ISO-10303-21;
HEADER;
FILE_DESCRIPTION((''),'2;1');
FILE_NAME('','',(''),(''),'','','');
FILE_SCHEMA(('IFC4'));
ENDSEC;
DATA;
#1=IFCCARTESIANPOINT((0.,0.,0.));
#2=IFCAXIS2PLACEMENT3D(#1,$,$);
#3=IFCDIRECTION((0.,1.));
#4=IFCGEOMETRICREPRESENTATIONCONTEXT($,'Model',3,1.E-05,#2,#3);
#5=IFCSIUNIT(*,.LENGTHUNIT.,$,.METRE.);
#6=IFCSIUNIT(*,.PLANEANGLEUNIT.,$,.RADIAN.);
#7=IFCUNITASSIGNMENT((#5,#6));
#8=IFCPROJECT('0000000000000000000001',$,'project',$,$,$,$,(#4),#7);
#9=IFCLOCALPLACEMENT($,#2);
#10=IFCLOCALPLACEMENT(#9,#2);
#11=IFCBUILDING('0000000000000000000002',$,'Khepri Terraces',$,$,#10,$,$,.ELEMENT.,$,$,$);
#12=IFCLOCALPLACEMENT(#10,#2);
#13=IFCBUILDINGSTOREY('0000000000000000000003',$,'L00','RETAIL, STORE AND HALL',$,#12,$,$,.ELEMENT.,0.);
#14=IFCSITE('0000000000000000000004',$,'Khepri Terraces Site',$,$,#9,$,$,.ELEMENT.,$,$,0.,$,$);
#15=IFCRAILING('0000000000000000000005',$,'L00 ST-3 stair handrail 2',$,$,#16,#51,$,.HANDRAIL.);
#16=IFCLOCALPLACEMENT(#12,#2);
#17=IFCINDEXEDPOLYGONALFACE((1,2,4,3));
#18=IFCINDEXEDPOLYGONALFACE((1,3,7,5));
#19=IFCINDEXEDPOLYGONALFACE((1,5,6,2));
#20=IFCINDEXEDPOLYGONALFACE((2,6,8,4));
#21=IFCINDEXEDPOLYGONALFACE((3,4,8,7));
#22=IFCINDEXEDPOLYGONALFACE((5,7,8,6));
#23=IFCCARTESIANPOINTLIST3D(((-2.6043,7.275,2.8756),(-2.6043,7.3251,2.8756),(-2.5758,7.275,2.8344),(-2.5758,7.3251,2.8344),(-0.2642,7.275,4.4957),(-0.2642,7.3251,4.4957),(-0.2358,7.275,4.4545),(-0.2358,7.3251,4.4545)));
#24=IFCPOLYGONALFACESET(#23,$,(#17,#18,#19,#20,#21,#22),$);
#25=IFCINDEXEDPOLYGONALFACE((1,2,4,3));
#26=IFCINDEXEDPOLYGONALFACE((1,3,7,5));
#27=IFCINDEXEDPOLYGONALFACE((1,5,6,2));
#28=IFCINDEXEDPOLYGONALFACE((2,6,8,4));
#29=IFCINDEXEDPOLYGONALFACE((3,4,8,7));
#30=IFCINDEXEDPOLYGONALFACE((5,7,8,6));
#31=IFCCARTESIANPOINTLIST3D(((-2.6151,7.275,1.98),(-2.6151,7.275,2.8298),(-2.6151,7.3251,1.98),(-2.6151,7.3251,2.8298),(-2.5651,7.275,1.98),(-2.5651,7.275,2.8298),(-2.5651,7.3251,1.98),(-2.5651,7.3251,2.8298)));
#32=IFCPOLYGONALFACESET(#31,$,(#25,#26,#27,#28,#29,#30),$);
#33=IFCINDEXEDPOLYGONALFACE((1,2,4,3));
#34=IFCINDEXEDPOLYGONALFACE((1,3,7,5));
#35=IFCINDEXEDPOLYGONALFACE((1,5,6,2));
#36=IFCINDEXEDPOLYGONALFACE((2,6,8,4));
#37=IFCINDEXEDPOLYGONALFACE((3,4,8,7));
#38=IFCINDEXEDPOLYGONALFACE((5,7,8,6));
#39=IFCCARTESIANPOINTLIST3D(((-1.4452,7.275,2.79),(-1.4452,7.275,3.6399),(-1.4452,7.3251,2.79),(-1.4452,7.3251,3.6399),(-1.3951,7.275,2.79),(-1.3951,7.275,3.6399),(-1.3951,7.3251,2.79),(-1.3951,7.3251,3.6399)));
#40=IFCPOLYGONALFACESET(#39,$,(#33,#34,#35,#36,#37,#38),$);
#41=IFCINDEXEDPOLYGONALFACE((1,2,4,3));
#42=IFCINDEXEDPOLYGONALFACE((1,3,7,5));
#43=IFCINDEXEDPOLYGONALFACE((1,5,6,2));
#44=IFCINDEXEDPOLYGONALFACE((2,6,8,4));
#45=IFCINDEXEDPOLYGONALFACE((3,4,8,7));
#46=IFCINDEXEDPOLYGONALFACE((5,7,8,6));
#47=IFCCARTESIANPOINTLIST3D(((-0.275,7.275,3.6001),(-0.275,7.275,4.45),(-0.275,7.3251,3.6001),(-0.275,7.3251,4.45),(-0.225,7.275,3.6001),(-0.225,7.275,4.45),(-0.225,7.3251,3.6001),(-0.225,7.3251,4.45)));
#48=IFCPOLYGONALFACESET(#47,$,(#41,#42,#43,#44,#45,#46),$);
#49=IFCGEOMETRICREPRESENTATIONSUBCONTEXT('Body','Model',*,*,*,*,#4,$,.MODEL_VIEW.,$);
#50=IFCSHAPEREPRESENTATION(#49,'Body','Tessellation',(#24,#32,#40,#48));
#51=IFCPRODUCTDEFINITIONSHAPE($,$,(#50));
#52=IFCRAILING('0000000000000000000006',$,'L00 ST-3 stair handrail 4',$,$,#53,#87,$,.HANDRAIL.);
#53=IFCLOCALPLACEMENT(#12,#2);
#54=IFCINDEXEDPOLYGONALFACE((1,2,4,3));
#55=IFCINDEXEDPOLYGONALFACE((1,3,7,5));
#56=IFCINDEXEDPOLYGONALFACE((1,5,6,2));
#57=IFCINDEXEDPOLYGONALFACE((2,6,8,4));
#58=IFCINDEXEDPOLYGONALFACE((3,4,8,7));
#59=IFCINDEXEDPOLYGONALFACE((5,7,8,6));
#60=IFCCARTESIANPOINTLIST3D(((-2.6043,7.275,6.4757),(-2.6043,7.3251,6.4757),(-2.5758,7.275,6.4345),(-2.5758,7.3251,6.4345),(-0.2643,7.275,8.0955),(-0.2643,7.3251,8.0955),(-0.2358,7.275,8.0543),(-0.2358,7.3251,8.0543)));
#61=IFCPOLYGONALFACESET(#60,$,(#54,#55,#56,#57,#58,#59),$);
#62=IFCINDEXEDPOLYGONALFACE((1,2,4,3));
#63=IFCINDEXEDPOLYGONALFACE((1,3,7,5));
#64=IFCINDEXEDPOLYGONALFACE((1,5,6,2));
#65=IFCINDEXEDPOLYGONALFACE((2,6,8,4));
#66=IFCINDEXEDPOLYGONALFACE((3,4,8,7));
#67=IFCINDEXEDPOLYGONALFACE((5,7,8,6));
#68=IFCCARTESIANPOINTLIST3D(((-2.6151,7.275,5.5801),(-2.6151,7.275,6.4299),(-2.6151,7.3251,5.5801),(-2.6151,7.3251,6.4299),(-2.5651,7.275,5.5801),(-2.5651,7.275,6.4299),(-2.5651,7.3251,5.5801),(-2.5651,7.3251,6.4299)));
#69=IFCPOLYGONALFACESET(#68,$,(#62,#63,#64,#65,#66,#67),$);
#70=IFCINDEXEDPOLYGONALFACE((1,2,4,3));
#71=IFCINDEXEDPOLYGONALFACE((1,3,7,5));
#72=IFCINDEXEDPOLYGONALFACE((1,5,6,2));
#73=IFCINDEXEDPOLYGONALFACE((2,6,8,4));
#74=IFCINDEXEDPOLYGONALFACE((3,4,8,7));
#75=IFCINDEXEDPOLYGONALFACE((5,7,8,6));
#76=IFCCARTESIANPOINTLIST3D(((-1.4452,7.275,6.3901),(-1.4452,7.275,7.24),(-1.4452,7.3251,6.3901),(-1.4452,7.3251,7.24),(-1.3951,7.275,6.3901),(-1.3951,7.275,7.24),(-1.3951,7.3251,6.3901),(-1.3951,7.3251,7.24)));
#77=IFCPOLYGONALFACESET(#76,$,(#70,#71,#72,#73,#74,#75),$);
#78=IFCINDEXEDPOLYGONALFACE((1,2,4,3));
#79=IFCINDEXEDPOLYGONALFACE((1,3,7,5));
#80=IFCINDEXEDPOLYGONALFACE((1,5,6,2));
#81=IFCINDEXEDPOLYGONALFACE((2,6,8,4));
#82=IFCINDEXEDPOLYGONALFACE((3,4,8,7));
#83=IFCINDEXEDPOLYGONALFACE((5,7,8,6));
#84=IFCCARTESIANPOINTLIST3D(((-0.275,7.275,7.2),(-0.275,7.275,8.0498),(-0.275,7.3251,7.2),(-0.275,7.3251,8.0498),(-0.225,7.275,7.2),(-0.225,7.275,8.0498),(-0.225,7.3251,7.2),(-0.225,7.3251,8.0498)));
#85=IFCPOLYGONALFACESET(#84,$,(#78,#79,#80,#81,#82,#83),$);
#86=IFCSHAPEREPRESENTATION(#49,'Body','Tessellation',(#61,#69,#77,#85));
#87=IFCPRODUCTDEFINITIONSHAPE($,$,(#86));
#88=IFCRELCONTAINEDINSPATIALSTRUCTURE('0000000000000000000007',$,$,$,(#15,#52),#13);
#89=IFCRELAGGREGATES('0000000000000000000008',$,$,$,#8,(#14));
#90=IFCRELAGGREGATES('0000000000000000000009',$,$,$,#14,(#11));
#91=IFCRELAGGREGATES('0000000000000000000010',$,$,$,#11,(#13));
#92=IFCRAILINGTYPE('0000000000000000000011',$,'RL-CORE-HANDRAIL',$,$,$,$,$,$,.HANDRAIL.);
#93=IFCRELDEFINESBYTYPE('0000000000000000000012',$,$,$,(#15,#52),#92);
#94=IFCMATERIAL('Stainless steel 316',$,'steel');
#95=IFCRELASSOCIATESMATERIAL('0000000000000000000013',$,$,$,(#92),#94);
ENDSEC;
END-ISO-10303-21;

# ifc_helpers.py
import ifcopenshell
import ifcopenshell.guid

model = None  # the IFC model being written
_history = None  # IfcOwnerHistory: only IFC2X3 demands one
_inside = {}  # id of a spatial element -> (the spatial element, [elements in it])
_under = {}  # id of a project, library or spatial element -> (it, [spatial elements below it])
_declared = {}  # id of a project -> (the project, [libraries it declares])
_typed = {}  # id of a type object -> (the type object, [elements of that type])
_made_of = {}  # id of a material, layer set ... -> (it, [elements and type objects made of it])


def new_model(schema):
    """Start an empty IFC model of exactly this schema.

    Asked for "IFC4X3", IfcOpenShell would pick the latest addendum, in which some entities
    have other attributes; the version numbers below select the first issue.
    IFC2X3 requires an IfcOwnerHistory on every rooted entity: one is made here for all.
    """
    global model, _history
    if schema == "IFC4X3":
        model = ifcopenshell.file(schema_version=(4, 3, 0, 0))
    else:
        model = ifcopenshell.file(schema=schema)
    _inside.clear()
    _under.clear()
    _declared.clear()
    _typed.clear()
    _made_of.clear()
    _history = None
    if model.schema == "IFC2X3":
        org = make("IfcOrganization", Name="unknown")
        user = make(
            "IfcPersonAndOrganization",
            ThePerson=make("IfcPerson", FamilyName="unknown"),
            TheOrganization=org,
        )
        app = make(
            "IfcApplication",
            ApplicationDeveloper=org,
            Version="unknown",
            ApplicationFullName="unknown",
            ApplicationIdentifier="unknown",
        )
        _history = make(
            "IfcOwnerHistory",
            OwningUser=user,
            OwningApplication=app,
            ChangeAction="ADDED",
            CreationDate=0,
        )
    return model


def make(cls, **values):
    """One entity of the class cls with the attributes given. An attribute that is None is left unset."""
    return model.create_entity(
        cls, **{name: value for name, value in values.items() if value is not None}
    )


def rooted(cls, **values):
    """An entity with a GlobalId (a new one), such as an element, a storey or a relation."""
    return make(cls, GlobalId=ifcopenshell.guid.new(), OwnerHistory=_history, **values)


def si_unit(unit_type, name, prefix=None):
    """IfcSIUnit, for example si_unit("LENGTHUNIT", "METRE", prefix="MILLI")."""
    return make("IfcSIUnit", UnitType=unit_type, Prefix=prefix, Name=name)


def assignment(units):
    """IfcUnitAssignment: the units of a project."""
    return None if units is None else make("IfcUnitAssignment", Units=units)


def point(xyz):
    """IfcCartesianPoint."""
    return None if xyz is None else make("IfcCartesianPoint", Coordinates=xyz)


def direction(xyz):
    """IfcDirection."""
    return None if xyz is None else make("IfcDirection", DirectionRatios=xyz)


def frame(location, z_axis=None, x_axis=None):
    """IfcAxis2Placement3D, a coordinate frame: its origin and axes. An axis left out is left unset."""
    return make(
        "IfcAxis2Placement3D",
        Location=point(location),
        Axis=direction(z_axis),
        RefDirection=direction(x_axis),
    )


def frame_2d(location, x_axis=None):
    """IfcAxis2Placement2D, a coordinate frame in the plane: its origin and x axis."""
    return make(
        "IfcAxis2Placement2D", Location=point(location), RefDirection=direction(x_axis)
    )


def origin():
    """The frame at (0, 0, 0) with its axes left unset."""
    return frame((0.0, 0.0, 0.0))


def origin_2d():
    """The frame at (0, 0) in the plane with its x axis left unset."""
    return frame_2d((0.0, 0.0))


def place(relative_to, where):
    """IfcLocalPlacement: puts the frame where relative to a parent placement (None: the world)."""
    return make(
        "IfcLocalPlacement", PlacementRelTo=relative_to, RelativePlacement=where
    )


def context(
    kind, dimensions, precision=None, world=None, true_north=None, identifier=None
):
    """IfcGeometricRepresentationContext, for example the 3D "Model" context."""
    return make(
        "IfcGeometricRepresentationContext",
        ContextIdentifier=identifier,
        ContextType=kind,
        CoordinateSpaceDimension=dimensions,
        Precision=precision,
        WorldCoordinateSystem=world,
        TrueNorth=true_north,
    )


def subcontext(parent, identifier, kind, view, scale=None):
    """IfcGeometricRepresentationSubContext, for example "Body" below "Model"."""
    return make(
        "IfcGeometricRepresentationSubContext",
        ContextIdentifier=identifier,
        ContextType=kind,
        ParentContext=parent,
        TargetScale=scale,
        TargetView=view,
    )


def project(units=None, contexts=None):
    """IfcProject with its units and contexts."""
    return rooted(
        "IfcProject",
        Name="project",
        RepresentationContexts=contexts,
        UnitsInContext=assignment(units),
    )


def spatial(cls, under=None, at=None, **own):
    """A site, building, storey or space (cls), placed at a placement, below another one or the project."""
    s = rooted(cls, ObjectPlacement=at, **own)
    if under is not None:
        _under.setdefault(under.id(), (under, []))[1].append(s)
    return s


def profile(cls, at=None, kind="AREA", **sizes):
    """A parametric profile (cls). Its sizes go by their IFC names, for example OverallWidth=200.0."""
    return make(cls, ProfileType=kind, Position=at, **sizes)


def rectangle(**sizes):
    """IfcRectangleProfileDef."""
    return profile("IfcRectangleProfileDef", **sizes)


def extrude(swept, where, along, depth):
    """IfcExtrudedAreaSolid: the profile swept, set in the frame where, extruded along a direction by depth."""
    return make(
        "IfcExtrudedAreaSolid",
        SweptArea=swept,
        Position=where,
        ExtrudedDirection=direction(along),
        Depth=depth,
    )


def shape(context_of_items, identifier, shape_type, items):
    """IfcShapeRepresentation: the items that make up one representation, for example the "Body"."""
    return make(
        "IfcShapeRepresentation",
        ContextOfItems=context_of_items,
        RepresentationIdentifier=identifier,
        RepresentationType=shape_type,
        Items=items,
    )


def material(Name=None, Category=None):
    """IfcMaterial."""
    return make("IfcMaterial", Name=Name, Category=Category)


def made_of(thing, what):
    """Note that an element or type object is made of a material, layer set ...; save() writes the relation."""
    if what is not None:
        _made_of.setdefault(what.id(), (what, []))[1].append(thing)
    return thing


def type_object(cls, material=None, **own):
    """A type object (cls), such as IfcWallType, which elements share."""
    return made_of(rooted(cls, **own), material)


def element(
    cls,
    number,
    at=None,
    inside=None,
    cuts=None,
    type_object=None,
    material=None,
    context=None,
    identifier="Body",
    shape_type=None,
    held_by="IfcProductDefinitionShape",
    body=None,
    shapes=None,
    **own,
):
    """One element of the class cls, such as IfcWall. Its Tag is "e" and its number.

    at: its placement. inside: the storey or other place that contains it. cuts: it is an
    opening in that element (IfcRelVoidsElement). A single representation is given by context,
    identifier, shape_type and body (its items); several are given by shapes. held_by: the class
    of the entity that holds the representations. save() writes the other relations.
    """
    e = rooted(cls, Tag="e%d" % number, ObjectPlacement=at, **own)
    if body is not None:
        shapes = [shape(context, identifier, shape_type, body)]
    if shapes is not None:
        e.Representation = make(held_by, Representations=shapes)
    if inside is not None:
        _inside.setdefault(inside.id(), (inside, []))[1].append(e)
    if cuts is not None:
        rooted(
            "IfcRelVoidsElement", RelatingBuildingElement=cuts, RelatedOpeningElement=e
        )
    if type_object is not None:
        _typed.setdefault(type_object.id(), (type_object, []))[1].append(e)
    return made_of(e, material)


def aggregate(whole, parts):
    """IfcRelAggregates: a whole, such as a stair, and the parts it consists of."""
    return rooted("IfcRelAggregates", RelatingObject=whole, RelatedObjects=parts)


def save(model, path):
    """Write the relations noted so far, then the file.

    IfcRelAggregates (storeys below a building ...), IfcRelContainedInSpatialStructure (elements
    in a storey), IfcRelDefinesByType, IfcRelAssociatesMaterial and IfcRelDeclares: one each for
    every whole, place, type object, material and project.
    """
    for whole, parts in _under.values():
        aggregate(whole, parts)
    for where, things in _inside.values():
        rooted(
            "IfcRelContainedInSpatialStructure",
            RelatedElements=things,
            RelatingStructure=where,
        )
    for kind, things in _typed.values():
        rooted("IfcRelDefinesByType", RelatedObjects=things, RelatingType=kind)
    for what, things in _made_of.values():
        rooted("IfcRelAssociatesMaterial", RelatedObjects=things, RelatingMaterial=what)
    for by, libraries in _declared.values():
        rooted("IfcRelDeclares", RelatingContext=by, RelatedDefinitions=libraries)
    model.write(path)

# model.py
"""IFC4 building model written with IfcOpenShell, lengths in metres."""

from ifc_helpers import new_model, si_unit, direction, frame, origin, origin_2d, place, context, subcontext, project, spatial, rectangle, extrude, material, type_object, element, save


model = new_model("IFC4")

# Units and contexts
model_context = context("Model", 3, precision=1e-05, world=origin(), true_north=direction((0.0, 1.0)))
body_context = subcontext(model_context, "Body", "Model", "MODEL_VIEW")
ifc_project = project(units=[si_unit("LENGTHUNIT", "METRE"), si_unit("PLANEANGLEUNIT", "RADIAN")], contexts=[model_context])

# Site, building, storey
site_placement = place(None, origin())
site = spatial("IfcSite", under=ifc_project, at=site_placement, Name="Khepri Terraces Site", CompositionType="ELEMENT", RefElevation=0.0)
building_placement = place(site_placement, origin())
building = spatial("IfcBuilding", under=site, at=building_placement, Name="Khepri Terraces", CompositionType="ELEMENT")
storey_placement = place(building_placement, origin())
storey = spatial("IfcBuildingStorey", under=building, at=storey_placement, Name="L00", Description="RETAIL, STORE AND HALL", CompositionType="ELEMENT", Elevation=0.0)

# Railings
ifc_material_1 = material(Name="Stainless steel 316", Category="steel")
railing_type_1 = type_object("IfcRailingType", Name="RL-CORE-HANDRAIL", PredefinedType="HANDRAIL", material=ifc_material_1)
railing_1_placement = place(storey_placement, frame((-2.5901, 7.3, 1.98)))
element("IfcRailing", 1, at=railing_1_placement, inside=storey, type_object=railing_type_1, Name="L00 ST-3 stair handrail 2", PredefinedType="HANDRAIL", context=body_context, shape_type="SweptSolid", body=[
    extrude(rectangle(XDim=0.05, YDim=0.05, at=origin_2d()), frame((0.0, 0.0, 0.875), z_axis=(0.822183, 0.0, 0.569223), x_axis=(0.0, 1.0, 0.0)), (0.0, 0.0, 1.0), 2.8462),
    extrude(rectangle(XDim=0.05, YDim=0.05, at=origin_2d()), origin(), (0.0, 0.0, 1.0), 0.8499),
    extrude(rectangle(XDim=0.05, YDim=0.05, at=origin_2d()), frame((1.1699, 0.0, 0.8101)), (0.0, 0.0, 1.0), 0.8499),
    extrude(rectangle(XDim=0.05, YDim=0.05, at=origin_2d()), frame((2.3401, 0.0, 1.6201)), (0.0, 0.0, 1.0), 0.8499),
])
railing_2_placement = place(storey_placement, frame((-2.5901, 7.3, 5.5801)))
element("IfcRailing", 2, at=railing_2_placement, inside=storey, type_object=railing_type_1, Name="L00 ST-3 stair handrail 4", PredefinedType="HANDRAIL", context=body_context, shape_type="SweptSolid", body=[
    extrude(rectangle(XDim=0.05, YDim=0.05, at=origin_2d()), frame((0.0, 0.0, 0.875), z_axis=(0.822223, 0.0, 0.569165), x_axis=(0.0, 1.0, 0.0)), (0.0, 0.0, 1.0), 2.8459),
    extrude(rectangle(XDim=0.05, YDim=0.05, at=origin_2d()), origin(), (0.0, 0.0, 1.0), 0.8499),
    extrude(rectangle(XDim=0.05, YDim=0.05, at=origin_2d()), frame((1.1699, 0.0, 0.8101)), (0.0, 0.0, 1.0), 0.8499),
    extrude(rectangle(XDim=0.05, YDim=0.05, at=origin_2d()), frame((2.3401, 0.0, 1.6199)), (0.0, 0.0, 1.0), 0.8499),
])

save(model, "model.ifc")
